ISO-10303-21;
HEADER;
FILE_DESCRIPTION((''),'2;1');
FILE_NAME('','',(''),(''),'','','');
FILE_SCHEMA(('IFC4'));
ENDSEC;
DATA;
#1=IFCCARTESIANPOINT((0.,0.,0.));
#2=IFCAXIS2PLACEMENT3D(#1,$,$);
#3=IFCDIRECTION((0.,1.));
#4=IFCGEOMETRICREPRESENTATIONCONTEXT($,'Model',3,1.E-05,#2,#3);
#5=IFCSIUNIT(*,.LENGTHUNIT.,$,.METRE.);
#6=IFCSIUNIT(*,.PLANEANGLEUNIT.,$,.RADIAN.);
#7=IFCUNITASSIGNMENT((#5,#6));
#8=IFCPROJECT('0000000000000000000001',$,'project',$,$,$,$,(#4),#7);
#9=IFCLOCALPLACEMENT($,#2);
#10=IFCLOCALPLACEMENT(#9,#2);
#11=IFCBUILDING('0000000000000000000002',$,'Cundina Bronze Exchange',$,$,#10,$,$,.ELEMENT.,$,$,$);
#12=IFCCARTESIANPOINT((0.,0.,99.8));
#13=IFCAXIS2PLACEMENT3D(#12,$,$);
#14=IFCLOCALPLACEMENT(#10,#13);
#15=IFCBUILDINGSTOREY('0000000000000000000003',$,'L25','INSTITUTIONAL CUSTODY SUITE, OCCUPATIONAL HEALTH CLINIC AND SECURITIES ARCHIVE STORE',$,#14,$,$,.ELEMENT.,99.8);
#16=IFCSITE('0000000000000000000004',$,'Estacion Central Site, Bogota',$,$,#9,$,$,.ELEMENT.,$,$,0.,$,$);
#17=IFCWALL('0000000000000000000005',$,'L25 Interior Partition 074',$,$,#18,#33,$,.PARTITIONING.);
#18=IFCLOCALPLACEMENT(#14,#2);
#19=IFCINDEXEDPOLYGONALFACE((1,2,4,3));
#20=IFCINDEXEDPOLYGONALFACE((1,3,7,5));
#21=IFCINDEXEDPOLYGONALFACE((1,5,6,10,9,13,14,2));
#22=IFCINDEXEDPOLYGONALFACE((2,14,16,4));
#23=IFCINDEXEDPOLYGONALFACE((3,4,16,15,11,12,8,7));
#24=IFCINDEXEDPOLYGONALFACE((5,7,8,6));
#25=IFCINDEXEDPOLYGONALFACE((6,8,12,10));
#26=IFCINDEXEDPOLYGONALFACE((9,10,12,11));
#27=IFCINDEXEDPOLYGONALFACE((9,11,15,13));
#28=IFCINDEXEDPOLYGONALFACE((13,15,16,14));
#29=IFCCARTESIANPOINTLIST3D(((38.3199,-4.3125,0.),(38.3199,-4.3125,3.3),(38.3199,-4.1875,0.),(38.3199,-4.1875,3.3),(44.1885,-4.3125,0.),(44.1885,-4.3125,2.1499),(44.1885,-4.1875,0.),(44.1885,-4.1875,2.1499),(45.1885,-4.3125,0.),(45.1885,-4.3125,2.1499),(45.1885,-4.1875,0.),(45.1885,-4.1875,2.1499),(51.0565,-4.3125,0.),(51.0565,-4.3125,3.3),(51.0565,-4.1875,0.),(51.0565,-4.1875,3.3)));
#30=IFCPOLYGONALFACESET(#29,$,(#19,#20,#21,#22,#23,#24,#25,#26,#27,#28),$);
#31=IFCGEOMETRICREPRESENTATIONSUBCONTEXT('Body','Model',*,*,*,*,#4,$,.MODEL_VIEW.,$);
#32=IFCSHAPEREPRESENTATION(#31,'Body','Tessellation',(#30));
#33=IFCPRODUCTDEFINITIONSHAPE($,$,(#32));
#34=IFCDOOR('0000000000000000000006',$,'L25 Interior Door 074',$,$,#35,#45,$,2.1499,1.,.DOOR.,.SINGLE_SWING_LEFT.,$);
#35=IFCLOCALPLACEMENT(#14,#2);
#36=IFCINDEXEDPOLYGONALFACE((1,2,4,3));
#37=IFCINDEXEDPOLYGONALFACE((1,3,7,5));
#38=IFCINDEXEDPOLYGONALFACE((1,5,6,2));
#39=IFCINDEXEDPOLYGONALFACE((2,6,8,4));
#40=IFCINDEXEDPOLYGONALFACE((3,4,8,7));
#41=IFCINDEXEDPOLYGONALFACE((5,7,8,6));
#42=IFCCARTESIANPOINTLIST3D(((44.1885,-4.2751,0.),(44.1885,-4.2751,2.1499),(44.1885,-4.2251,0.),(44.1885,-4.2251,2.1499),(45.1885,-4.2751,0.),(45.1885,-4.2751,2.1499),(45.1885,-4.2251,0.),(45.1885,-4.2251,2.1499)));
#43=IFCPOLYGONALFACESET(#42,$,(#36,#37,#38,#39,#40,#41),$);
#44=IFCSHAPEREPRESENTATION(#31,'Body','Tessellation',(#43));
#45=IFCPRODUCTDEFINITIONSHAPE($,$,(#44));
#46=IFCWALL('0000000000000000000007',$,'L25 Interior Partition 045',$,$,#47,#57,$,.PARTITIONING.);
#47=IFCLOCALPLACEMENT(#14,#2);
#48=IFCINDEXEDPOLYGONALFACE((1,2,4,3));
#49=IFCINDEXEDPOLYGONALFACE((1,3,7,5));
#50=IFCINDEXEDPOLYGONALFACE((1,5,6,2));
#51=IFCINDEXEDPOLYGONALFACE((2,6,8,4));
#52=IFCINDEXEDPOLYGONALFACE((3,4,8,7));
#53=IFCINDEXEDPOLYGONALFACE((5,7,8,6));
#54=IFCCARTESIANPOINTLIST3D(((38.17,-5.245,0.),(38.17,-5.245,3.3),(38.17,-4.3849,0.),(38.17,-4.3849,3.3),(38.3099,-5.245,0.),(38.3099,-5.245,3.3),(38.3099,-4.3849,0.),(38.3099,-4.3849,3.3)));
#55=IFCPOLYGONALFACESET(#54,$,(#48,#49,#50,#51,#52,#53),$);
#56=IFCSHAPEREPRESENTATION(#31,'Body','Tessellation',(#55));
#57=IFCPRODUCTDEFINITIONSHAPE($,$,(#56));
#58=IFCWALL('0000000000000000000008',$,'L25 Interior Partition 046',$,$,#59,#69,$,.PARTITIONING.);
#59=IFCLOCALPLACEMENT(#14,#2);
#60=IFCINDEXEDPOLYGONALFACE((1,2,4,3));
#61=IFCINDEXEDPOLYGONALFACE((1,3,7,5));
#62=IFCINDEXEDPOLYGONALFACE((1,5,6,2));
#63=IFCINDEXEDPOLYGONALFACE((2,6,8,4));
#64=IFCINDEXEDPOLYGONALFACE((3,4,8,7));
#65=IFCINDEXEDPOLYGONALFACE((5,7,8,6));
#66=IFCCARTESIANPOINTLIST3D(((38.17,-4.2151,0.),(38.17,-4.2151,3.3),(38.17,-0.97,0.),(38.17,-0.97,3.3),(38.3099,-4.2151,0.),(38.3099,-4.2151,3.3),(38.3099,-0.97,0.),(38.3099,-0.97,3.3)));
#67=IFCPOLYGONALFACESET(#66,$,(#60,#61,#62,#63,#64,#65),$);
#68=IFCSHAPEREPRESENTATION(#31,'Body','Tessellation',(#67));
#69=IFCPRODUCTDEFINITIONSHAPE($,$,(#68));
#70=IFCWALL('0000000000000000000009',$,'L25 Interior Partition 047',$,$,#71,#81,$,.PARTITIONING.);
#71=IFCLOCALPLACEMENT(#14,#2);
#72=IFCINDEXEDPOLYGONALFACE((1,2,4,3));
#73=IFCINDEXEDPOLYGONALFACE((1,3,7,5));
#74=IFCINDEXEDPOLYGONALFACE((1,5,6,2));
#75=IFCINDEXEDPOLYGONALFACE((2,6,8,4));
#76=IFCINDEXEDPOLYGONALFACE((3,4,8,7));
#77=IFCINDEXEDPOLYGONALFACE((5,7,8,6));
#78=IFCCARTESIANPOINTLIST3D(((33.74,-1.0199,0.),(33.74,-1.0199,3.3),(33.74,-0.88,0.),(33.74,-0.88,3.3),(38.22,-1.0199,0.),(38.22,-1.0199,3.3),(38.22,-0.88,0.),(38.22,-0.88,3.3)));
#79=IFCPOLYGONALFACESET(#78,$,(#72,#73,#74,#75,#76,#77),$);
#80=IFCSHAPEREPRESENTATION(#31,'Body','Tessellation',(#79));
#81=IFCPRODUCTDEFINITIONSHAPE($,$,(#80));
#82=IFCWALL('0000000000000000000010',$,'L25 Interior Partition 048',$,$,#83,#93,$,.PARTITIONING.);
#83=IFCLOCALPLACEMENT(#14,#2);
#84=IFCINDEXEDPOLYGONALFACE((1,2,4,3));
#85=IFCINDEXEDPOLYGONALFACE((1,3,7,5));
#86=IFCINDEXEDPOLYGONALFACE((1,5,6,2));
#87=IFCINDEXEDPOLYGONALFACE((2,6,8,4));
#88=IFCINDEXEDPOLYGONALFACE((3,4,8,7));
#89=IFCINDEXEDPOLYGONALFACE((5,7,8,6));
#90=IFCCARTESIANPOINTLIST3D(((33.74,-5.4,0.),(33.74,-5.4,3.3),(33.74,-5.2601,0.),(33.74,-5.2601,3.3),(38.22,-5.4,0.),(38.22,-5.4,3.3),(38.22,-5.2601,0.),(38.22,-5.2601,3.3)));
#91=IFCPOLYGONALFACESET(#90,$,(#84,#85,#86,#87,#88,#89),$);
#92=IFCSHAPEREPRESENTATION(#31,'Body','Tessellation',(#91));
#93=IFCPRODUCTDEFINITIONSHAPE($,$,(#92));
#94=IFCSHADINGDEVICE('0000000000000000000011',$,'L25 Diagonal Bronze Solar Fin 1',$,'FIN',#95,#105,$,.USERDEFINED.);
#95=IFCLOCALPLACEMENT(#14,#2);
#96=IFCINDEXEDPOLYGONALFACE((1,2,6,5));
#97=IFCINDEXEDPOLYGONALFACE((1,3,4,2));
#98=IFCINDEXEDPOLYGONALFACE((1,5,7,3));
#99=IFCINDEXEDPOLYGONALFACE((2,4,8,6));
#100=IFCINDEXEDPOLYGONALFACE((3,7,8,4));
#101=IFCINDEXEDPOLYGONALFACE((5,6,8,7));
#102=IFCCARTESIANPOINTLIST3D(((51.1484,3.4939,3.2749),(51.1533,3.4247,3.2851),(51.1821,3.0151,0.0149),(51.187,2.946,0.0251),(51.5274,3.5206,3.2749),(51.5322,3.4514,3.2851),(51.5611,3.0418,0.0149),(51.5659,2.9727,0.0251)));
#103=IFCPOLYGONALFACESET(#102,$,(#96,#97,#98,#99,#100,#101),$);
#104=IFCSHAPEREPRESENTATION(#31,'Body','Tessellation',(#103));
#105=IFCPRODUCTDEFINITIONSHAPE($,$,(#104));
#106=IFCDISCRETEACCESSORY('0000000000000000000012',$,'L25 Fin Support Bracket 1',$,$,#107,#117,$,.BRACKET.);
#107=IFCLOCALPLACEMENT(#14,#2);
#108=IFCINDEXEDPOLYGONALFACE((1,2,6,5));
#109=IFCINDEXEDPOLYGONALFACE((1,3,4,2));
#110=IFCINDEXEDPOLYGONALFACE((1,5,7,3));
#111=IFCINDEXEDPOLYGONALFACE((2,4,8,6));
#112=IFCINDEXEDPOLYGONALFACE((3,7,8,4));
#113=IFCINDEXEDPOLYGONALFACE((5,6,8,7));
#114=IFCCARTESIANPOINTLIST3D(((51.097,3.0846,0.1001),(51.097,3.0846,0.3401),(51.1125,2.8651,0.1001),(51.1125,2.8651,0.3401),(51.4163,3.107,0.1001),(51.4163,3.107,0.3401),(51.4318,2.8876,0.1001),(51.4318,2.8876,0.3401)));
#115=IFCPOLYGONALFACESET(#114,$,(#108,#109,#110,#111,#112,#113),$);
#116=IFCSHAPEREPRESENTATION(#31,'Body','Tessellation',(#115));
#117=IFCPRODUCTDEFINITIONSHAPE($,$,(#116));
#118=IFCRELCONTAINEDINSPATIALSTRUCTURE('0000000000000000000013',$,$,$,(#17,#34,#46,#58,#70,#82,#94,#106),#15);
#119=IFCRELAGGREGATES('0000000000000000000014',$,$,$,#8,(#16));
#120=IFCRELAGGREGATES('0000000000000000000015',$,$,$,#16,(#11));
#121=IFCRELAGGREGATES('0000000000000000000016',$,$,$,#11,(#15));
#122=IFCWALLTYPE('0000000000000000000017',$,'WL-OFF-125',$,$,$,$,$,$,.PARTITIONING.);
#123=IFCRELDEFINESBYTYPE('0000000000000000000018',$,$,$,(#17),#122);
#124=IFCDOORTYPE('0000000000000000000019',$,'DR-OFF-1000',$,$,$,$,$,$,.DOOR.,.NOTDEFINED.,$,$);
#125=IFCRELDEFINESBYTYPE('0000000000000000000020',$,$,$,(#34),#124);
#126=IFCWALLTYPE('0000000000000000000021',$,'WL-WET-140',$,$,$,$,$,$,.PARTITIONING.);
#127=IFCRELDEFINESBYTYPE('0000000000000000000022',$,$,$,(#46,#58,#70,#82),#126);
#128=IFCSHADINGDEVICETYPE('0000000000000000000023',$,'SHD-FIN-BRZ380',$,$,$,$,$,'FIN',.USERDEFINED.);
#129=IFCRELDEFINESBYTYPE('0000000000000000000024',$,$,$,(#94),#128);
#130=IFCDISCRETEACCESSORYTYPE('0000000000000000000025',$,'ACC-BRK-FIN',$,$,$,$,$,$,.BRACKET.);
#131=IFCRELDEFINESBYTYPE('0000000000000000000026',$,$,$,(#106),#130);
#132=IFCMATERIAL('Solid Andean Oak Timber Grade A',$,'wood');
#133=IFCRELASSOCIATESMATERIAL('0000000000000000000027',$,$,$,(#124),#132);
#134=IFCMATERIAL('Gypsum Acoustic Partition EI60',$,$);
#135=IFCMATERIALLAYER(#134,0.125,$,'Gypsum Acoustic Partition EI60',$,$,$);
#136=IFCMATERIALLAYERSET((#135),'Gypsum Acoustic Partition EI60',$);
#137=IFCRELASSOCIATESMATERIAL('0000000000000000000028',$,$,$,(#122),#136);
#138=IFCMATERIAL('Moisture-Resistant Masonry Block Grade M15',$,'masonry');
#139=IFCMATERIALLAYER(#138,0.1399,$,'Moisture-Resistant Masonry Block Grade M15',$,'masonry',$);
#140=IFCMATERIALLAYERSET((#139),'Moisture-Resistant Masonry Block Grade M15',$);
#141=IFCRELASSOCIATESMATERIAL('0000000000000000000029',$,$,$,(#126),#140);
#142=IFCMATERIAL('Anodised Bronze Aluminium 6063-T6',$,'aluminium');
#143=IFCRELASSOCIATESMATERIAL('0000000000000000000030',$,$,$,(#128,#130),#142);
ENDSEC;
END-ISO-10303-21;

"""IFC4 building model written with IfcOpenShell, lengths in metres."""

from ifc_helpers import new_model, si_unit, direction, frame, frame_2d, origin, origin_2d, place, context, subcontext, project, spatial, rectangle, extrude, material, layer, layer_set, material_profile, profile_set, type_object, element, fill, save


model = new_model("IFC4")

# Units and contexts
model_context = context("Model", 3, precision=1e-05, world=origin(), true_north=direction((0.0, 1.0)))
body_context = subcontext(model_context, "Body", "Model", "MODEL_VIEW")
ifc_project = project(units=[si_unit("LENGTHUNIT", "METRE"), si_unit("PLANEANGLEUNIT", "RADIAN")], contexts=[model_context])

# Site, building, storey
site_placement = place(None, origin())
site = spatial("IfcSite", under=ifc_project, at=site_placement, Name="Estacion Central Site, Bogota", CompositionType="ELEMENT", RefElevation=0.0)
building_placement = place(site_placement, origin())
building = spatial("IfcBuilding", under=site, at=building_placement, Name="Cundina Bronze Exchange", CompositionType="ELEMENT")
storey_placement = place(building_placement, frame((0.0, 0.0, 99.8)))
storey = spatial("IfcBuildingStorey", under=building, at=storey_placement, Name="L25", Description="INSTITUTIONAL CUSTODY SUITE, OCCUPATIONAL HEALTH CLINIC AND SECURITIES ARCHIVE STORE", CompositionType="ELEMENT", Elevation=99.8)

# Shared definitions
ifc_material_1 = material(Name="Anodised Bronze Aluminium 6063-T6", Category="aluminium")

# Wall, opening, door
ifc_material_2 = material(Name="Solid Andean Oak Timber Grade A", Category="wood")
door_type_1 = type_object("IfcDoorType", Name="DR-OFF-1000", OperationType="NOTDEFINED", PredefinedType="DOOR", material=ifc_material_2)
ifc_material_3 = material(Name="Gypsum Acoustic Partition EI60")
ifc_layer_1 = layer(ifc_material_3, 0.125, Name="Gypsum Acoustic Partition EI60")
ifc_layer_set_1 = layer_set([ifc_layer_1], Name="Gypsum Acoustic Partition EI60")
wall_type_1 = type_object("IfcWallType", Name="WL-OFF-125", PredefinedType="PARTITIONING", material=ifc_layer_set_1)
wall_1_placement = place(storey_placement, frame((38.3201, -4.25, 0.0), z_axis=(0.0, 0.0, 1.0), x_axis=(1.0, 0.0, 0.0)))
wall_1 = element("IfcWall", 1, at=wall_1_placement, inside=storey, type_object=wall_type_1, Name="L25 Interior Partition 074", PredefinedType="PARTITIONING", context=body_context, shape_type="SweptSolid", body=[
    extrude(rectangle(XDim=12.7366, YDim=0.125, at=frame_2d((6.3682, 0.0))), origin(), (0.0, 0.0, 1.0), 3.3),
])
opening_1_placement = place(wall_1_placement, frame((5.8684, 0.0, 0.0)))
opening_1 = element("IfcOpeningElement", 2, at=opening_1_placement, cuts=wall_1, PredefinedType="OPENING", context=body_context, shape_type="SweptSolid", body=[
    extrude(rectangle(XDim=1.0, YDim=2.1499, at=frame_2d((0.5, 1.075))), frame((0.0, 0.0725, 0.0), z_axis=(0.0, -1.0, 0.0), x_axis=(1.0, 0.0, 0.0)), (0.0, 0.0, 1.0), 0.145),
])
door_1_placement = place(opening_1_placement, origin())
door_1 = element("IfcDoor", 3, at=door_1_placement, inside=storey, type_object=door_type_1, Name="L25 Interior Door 074", OperationType="SINGLE_SWING_LEFT", OverallHeight=2.1499, OverallWidth=1.0, PredefinedType="DOOR", context=body_context, shape_type="SweptSolid", body=[
    extrude(rectangle(XDim=1.0, YDim=2.1499, at=frame_2d((0.5, 1.075))), frame((0.0, 0.0249, 0.0), z_axis=(0.0, -1.0, 0.0), x_axis=(1.0, 0.0, 0.0)), (0.0, 0.0, 1.0), 0.05),
])
fill(opening_1, door_1)

# Walls
ifc_material_4 = material(Name="Moisture-Resistant Masonry Block Grade M15", Category="masonry")
ifc_layer_2 = layer(ifc_material_4, 0.1399, Name="Moisture-Resistant Masonry Block Grade M15", Category="masonry")
ifc_layer_set_2 = layer_set([ifc_layer_2], Name="Moisture-Resistant Masonry Block Grade M15")
wall_type_2 = type_object("IfcWallType", Name="WL-WET-140", PredefinedType="PARTITIONING", material=ifc_layer_set_2)
wall_2_placement = place(storey_placement, frame((38.24, -5.2451, 0.0), z_axis=(0.0, 0.0, 1.0), x_axis=(0.0, 1.0, 0.0)))
element("IfcWall", 4, at=wall_2_placement, inside=storey, type_object=wall_type_2, Name="L25 Interior Partition 045", PredefinedType="PARTITIONING", context=body_context, shape_type="SweptSolid", body=[
    extrude(rectangle(XDim=0.8601, YDim=0.1399, at=frame_2d((0.4302, 0.0))), origin(), (0.0, 0.0, 1.0), 3.3),
])
wall_3_placement = place(storey_placement, frame((38.24, -4.2151, 0.0), z_axis=(0.0, 0.0, 1.0), x_axis=(0.0, 1.0, 0.0)))
element("IfcWall", 5, at=wall_3_placement, inside=storey, type_object=wall_type_2, Name="L25 Interior Partition 046", PredefinedType="PARTITIONING", context=body_context, shape_type="SweptSolid", body=[
    extrude(rectangle(XDim=3.2451, YDim=0.1399, at=frame_2d((1.6226, 0.0))), origin(), (0.0, 0.0, 1.0), 3.3),
])
for number, where, z_axis, x_axis, name in (
    (6, (33.74, -0.95, 0.0), (0.0, 0.0, 1.0), (1.0, 0.0, 0.0), "L25 Interior Partition 047"),
    (7, (33.74, -5.3301, 0.0), (0.0, 0.0, 1.0), (1.0, 0.0, 0.0), "L25 Interior Partition 048"),
):
    element("IfcWall", number, at=place(storey_placement, frame(where, z_axis=z_axis, x_axis=x_axis)), inside=storey, type_object=wall_type_2, Name=name, PredefinedType="PARTITIONING", context=body_context, shape_type="SweptSolid", body=[
        extrude(rectangle(XDim=4.48, YDim=0.1399, at=frame_2d((2.24, 0.0))), origin(), (0.0, 0.0, 1.0), 3.3),
    ])

# Shading device
ifc_material_profile_1 = material_profile(ifc_material_1, rectangle(XDim=0.0701, YDim=0.3799, at=origin_2d()), Name="FIN70X380", Category="aluminium")
ifc_profile_set_1 = profile_set([ifc_material_profile_1], Name="Anodised Bronze Aluminium 6063-T6")
shading_device_type = type_object("IfcShadingDeviceType", Name="SHD-FIN-BRZ380", ElementType="FIN", PredefinedType="USERDEFINED", material=ifc_profile_set_1)
shading_device_placement = place(storey_placement, frame((51.374, 2.9939, 0.02), z_axis=(-0.010225, 0.145292, 0.989336), x_axis=(0.06945, -0.986895, 0.145652)))
element("IfcShadingDevice", 8, at=shading_device_placement, inside=storey, type_object=shading_device_type, Name="L25 Diagonal Bronze Solar Fin 1", ObjectType="FIN", PredefinedType="USERDEFINED", context=body_context, shape_type="SweptSolid", body=[
    extrude(rectangle(XDim=0.0701, YDim=0.3799, at=origin_2d()), origin(), (0.0, 0.0, 1.0), 3.2952),
])

# Discrete accessory
discrete_accessory_type = type_object("IfcDiscreteAccessoryType", Name="ACC-BRK-FIN", PredefinedType="BRACKET", material=ifc_material_1)
discrete_accessory_placement = place(storey_placement, frame((51.2644, 2.9861, 0.1001), z_axis=(0.0, 0.0, 1.0), x_axis=(-0.070279, 0.997527, 0.0)))
element("IfcDiscreteAccessory", 9, at=discrete_accessory_placement, inside=storey, type_object=discrete_accessory_type, Name="L25 Fin Support Bracket 1", PredefinedType="BRACKET", context=body_context, shape_type="SweptSolid", body=[
    extrude(rectangle(XDim=0.22, YDim=0.3201, at=origin_2d()), origin(), (0.0, 0.0, 1.0), 0.24),
])

save(model, "model.ifc")
